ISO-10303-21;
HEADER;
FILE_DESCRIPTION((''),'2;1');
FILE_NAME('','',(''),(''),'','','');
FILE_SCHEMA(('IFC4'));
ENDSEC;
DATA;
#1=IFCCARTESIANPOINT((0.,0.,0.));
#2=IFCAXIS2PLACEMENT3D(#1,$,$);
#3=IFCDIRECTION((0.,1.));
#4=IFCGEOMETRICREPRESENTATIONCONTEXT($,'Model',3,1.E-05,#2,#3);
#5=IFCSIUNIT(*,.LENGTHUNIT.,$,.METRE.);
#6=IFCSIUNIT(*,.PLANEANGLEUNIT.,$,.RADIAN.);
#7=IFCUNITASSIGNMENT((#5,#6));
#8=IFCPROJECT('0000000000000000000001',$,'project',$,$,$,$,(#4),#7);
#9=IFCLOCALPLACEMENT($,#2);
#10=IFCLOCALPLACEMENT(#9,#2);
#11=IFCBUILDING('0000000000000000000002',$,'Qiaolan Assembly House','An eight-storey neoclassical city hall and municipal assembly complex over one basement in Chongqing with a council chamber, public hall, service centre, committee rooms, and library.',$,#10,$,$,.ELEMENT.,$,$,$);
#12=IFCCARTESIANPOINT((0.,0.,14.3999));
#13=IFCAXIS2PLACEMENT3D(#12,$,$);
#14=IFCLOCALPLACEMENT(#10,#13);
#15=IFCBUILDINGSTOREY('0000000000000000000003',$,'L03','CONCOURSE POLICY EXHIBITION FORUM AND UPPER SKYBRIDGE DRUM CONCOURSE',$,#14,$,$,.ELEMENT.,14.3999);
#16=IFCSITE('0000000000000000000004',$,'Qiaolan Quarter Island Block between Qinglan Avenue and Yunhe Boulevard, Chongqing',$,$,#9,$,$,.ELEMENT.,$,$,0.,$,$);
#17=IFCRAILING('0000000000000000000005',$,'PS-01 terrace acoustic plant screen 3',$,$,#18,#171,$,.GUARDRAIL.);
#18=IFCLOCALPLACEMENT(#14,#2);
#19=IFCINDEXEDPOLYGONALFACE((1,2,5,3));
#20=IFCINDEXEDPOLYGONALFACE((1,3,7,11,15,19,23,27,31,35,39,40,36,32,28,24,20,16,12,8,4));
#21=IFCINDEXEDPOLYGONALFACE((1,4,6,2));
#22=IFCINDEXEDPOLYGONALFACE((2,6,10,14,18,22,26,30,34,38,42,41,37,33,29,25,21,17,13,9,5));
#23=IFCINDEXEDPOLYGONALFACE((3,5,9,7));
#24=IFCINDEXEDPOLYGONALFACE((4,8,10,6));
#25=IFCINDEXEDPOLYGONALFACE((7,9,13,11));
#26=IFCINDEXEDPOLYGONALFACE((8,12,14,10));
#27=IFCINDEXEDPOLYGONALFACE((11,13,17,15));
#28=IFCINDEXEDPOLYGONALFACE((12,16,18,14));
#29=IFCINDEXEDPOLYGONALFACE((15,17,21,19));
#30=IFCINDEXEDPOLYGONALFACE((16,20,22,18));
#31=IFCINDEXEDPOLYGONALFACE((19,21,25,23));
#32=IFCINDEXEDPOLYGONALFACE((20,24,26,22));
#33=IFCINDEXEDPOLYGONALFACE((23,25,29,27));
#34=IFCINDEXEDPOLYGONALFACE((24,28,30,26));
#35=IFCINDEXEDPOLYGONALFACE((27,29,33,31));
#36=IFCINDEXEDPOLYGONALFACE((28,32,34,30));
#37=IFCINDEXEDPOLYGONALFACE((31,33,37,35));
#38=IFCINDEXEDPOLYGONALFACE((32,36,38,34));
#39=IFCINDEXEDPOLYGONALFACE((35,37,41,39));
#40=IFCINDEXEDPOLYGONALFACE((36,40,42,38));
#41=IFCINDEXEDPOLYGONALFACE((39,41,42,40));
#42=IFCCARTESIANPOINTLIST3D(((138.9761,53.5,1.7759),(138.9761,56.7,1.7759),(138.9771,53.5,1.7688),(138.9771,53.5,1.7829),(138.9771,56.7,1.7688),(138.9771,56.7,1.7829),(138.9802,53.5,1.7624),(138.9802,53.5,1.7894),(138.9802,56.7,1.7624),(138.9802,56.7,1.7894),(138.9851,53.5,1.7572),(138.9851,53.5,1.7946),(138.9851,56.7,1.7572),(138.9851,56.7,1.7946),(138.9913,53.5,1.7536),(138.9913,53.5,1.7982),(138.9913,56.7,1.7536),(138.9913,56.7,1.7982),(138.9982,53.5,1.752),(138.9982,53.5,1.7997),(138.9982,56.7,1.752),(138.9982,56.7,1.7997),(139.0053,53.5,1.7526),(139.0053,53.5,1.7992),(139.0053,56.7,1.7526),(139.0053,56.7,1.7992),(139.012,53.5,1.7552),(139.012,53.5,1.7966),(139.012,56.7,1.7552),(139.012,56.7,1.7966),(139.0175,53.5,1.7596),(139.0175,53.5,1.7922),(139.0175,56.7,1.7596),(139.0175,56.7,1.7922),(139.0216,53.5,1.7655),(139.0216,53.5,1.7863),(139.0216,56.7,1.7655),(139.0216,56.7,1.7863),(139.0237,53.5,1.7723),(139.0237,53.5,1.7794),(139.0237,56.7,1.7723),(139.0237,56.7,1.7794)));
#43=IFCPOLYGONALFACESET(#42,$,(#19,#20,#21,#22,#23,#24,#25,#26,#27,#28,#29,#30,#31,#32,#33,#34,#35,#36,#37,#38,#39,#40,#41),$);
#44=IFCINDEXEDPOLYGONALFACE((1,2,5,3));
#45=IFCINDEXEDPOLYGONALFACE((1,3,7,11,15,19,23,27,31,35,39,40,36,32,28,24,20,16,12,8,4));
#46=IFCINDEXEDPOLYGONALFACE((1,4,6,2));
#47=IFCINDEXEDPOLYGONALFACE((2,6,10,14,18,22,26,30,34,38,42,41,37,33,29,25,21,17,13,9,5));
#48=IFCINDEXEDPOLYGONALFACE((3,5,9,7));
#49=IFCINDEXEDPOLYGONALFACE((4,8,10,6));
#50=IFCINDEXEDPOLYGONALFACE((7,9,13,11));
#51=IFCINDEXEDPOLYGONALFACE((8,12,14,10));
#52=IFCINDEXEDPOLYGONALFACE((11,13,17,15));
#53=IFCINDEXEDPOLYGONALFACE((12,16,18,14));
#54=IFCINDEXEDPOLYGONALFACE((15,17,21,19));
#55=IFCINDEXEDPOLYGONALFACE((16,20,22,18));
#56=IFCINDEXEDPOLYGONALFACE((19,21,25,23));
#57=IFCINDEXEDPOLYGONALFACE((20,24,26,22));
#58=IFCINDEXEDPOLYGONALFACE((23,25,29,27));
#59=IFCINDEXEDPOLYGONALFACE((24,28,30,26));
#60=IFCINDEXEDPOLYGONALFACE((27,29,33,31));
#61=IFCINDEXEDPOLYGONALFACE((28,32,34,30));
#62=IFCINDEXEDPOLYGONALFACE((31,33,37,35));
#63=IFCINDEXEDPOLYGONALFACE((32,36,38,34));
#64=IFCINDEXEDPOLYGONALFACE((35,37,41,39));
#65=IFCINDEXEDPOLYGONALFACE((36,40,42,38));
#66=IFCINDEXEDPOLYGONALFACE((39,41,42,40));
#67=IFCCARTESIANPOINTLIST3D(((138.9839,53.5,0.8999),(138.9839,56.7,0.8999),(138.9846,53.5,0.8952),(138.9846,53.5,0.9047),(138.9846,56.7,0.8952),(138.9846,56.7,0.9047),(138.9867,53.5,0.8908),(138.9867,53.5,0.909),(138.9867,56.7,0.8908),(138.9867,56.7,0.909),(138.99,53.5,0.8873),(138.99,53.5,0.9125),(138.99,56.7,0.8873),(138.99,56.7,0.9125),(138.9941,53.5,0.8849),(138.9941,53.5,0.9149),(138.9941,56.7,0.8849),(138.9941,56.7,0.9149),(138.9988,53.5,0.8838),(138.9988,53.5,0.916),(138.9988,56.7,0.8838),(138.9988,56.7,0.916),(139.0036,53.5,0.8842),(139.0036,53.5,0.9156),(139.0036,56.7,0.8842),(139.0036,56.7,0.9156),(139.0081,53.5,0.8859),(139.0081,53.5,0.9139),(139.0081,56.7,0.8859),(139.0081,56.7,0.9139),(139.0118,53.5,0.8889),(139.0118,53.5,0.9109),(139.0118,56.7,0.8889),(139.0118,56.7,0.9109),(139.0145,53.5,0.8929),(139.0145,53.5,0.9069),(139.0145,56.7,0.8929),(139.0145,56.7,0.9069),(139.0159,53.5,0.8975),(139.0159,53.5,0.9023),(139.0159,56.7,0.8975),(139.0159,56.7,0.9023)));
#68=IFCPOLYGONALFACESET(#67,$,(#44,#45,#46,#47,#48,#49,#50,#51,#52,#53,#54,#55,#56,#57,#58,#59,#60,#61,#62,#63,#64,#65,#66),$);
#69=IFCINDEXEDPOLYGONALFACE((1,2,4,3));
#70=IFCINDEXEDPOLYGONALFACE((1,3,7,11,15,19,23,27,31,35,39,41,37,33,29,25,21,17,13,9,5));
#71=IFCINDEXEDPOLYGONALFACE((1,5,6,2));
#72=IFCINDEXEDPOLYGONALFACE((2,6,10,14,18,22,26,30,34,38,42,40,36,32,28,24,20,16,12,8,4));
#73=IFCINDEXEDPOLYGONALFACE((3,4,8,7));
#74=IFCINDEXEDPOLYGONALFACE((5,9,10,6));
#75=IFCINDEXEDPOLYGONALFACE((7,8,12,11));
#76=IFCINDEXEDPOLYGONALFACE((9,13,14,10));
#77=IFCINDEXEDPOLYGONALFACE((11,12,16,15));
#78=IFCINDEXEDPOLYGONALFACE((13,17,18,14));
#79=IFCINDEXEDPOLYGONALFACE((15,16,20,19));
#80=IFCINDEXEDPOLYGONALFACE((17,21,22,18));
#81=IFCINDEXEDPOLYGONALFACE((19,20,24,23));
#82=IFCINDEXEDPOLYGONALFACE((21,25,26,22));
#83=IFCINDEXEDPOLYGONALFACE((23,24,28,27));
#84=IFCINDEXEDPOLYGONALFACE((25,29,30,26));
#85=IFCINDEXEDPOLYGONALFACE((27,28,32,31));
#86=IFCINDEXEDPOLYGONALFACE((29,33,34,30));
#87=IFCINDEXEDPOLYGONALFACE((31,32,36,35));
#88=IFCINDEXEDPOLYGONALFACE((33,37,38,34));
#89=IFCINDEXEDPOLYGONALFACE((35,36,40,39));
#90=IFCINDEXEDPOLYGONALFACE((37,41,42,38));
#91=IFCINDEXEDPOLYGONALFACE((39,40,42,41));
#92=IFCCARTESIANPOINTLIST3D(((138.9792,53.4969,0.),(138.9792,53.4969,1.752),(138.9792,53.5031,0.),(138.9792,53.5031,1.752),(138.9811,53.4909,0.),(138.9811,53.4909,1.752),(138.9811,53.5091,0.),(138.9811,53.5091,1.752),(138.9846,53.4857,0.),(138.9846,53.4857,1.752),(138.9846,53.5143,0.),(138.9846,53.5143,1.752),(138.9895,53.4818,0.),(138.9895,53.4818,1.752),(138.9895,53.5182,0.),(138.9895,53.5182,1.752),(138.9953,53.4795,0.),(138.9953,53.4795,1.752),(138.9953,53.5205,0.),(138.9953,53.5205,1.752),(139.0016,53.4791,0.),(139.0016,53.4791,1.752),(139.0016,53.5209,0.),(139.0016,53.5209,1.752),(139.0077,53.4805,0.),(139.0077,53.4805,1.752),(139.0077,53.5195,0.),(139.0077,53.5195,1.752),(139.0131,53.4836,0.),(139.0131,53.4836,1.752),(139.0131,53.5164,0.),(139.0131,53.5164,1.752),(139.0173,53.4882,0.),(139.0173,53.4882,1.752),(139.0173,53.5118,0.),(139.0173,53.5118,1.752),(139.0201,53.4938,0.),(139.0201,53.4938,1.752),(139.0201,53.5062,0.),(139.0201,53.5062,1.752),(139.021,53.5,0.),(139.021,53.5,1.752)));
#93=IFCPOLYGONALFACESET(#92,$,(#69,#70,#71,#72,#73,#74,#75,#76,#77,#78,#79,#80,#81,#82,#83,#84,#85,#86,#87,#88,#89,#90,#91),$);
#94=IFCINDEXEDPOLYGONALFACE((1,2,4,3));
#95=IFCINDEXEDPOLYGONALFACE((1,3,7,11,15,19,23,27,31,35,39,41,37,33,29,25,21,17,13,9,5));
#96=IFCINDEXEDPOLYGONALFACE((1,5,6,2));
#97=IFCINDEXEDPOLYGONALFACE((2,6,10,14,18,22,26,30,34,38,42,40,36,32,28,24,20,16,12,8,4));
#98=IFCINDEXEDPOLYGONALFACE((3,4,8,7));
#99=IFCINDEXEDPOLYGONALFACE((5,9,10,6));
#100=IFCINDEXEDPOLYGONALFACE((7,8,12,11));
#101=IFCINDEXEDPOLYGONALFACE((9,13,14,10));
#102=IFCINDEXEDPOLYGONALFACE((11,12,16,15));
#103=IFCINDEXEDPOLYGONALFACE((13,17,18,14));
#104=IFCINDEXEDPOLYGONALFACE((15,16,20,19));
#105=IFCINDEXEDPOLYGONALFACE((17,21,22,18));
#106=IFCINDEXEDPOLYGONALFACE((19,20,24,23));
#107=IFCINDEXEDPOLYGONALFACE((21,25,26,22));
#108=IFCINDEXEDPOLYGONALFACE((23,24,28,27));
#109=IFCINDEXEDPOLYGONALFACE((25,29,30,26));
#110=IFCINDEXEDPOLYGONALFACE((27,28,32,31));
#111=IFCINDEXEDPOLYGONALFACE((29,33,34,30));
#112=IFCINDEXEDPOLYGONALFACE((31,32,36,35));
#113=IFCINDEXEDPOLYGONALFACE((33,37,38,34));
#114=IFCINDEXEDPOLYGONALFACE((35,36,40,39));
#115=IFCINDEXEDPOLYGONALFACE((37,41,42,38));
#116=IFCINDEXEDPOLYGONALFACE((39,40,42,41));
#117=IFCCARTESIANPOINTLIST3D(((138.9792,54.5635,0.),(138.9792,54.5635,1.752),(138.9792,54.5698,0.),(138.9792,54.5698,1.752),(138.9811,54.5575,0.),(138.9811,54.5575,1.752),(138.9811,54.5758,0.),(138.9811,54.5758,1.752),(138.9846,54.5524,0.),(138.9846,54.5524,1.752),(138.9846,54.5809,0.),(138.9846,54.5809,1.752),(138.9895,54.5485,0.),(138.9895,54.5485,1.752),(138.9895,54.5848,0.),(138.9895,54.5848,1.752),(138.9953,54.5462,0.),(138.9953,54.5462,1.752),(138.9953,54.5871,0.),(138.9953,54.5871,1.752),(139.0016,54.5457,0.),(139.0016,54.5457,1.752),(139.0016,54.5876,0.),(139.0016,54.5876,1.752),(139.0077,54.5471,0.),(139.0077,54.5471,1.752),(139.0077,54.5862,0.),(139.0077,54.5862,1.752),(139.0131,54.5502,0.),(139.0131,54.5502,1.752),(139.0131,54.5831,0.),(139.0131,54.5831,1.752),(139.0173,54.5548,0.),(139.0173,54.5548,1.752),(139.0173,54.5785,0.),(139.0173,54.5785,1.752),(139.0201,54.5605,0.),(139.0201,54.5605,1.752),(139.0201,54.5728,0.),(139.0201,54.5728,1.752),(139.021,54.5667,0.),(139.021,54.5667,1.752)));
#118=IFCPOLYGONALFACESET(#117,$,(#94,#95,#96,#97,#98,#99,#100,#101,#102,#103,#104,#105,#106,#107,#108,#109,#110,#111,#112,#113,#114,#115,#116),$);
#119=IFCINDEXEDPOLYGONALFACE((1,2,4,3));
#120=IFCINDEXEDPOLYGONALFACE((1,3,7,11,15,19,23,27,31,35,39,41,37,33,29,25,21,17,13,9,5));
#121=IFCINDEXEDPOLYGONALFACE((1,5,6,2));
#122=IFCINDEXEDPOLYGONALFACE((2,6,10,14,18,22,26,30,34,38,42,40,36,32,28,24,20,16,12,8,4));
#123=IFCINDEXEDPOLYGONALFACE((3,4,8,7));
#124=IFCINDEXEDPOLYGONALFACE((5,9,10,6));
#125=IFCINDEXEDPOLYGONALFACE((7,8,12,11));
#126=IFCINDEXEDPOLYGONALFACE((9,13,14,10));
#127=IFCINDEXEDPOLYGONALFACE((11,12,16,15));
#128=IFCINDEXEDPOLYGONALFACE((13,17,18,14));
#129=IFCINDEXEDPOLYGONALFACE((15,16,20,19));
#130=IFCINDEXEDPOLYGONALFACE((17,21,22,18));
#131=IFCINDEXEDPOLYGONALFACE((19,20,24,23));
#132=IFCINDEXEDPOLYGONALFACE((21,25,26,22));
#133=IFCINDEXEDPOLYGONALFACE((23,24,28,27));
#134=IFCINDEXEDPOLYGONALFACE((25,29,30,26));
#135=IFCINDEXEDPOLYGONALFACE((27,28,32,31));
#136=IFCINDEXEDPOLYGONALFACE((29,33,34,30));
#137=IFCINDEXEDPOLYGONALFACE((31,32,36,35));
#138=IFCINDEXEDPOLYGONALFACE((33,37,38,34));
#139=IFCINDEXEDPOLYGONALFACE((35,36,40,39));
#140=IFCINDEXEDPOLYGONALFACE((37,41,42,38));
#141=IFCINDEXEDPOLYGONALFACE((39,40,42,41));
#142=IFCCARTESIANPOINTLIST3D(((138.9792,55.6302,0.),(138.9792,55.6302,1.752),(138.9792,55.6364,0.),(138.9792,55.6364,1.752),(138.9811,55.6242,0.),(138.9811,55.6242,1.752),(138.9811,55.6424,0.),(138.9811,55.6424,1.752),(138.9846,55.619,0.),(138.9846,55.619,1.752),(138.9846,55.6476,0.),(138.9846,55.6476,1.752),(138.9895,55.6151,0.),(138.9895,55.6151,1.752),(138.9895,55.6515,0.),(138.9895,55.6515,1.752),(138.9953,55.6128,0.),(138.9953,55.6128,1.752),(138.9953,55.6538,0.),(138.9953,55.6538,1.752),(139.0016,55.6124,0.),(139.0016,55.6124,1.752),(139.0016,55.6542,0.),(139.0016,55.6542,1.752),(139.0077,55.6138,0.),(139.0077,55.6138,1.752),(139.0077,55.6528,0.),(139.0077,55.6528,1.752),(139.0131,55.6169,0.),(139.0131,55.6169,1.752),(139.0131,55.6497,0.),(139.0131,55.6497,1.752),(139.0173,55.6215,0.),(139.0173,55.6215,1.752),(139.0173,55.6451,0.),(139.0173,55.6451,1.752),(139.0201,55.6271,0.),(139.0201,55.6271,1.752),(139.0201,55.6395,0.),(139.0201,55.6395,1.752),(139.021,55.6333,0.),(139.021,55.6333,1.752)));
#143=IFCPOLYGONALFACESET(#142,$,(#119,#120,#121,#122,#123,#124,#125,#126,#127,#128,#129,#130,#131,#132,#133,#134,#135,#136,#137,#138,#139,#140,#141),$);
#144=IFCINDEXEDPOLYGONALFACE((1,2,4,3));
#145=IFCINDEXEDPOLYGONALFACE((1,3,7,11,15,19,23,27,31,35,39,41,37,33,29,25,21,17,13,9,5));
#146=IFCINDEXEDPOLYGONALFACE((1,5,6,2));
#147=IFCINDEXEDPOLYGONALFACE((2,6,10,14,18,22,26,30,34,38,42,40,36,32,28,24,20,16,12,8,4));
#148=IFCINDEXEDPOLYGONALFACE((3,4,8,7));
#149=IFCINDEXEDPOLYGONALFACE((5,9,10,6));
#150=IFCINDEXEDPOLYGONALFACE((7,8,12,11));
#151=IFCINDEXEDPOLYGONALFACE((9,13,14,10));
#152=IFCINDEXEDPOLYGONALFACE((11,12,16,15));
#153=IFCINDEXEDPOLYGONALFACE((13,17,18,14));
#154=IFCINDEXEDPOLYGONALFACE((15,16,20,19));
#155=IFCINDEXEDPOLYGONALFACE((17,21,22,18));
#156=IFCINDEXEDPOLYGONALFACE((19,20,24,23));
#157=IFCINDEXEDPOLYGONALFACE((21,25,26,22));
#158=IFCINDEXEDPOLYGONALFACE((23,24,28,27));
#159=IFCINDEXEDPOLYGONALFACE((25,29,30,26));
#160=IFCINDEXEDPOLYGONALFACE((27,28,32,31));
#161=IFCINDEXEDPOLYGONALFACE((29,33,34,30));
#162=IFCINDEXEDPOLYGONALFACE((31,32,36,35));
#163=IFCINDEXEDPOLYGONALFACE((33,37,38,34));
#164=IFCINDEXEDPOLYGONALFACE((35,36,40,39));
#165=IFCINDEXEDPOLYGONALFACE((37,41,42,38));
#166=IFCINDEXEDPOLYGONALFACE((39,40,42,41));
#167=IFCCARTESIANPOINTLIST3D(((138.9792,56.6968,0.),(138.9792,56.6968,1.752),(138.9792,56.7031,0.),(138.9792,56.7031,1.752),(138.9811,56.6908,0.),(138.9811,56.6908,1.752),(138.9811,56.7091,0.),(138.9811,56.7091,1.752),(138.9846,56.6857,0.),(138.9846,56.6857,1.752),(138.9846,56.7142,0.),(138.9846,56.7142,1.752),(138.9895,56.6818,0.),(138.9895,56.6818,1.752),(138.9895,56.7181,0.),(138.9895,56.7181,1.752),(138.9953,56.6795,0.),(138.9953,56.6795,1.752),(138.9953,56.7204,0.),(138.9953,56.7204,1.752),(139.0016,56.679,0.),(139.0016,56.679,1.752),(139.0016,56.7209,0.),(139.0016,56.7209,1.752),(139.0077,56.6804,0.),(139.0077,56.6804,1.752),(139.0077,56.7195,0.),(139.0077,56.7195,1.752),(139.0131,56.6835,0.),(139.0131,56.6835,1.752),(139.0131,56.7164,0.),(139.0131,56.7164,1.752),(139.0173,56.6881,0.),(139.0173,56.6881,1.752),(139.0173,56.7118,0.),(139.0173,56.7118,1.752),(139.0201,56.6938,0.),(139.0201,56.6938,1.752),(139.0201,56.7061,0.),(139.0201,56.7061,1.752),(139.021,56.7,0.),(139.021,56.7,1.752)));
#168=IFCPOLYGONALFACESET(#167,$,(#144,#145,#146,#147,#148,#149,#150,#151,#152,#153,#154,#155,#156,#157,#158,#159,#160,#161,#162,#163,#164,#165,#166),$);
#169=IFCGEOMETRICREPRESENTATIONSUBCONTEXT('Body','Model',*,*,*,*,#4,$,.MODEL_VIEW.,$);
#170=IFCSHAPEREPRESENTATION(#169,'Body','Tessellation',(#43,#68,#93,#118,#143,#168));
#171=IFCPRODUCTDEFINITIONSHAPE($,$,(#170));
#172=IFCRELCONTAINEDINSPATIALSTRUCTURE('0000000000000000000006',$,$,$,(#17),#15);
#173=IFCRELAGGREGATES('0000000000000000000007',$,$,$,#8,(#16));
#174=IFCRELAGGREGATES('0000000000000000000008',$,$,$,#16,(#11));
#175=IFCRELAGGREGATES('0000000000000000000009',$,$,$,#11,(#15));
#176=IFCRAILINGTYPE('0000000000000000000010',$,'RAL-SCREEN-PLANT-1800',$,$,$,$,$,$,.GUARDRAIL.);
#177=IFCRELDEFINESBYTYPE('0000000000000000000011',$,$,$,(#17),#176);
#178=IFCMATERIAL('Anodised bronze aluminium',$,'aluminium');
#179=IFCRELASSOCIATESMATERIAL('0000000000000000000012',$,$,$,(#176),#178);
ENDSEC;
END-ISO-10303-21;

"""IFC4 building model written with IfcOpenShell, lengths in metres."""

from ifc_helpers import new_model, si_unit, direction, frame, origin, origin_2d, place, context, subcontext, project, spatial, circle, extrude, material, type_object, element, save


model = new_model("IFC4")

# Units and contexts
model_context = context("Model", 3, precision=1e-05, world=origin(), true_north=direction((0.0, 1.0)))
body_context = subcontext(model_context, "Body", "Model", "MODEL_VIEW")
ifc_project = project(units=[si_unit("LENGTHUNIT", "METRE"), si_unit("PLANEANGLEUNIT", "RADIAN")], contexts=[model_context])

# Site, building, storey
site_placement = place(None, origin())
site = spatial("IfcSite", under=ifc_project, at=site_placement, Name="Qiaolan Quarter Island Block between Qinglan Avenue and Yunhe Boulevard, Chongqing", CompositionType="ELEMENT", RefElevation=0.0)
building_placement = place(site_placement, origin())
building = spatial("IfcBuilding", under=site, at=building_placement, Name="Qiaolan Assembly House", Description="An eight-storey neoclassical city hall and municipal assembly complex over one basement in Chongqing with a council chamber, public hall, service centre, committee rooms, and library.", CompositionType="ELEMENT")
storey_placement = place(building_placement, frame((0.0, 0.0, 14.3999)))
storey = spatial("IfcBuildingStorey", under=building, at=storey_placement, Name="L03", Description="CONCOURSE POLICY EXHIBITION FORUM AND UPPER SKYBRIDGE DRUM CONCOURSE", CompositionType="ELEMENT", Elevation=14.3999)

# Railing
ifc_material_1 = material(Name="Anodised bronze aluminium", Category="aluminium")
railing_type_1 = type_object("IfcRailingType", Name="RAL-SCREEN-PLANT-1800", PredefinedType="GUARDRAIL", material=ifc_material_1)
for number, where, name in (
    (1, (139.0, 53.5, 0.0), "PS-01 terrace acoustic plant screen 3"),
):
    element("IfcRailing", number, at=place(storey_placement, frame(where)), inside=storey, type_object=railing_type_1, Name=name, PredefinedType="GUARDRAIL", context=body_context, shape_type="SweptSolid", body=[
        extrude(circle(Radius=0.0239, at=origin_2d()), frame((0.0, 0.0, 1.7759), z_axis=(0.0, 1.0, 0.0), x_axis=(-1.0, 0.0, 0.0)), (0.0, 0.0, 1.0), 3.2),
        extrude(circle(Radius=0.0161, at=origin_2d()), frame((0.0, 0.0, 0.8999), z_axis=(0.0, 1.0, 0.0), x_axis=(-1.0, 0.0, 0.0)), (0.0, 0.0, 1.0), 3.2),
        extrude(circle(Radius=0.021, at=origin_2d()), origin(), (0.0, 0.0, 1.0), 1.752),
        extrude(circle(Radius=0.021, at=origin_2d()), frame((0.0, 1.0667, 0.0)), (0.0, 0.0, 1.0), 1.752),
        extrude(circle(Radius=0.021, at=origin_2d()), frame((0.0, 2.1333, 0.0)), (0.0, 0.0, 1.0), 1.752),
        extrude(circle(Radius=0.021, at=origin_2d()), frame((0.0, 3.2, 0.0)), (0.0, 0.0, 1.0), 1.752),
    ])

save(model, "model.ifc")
